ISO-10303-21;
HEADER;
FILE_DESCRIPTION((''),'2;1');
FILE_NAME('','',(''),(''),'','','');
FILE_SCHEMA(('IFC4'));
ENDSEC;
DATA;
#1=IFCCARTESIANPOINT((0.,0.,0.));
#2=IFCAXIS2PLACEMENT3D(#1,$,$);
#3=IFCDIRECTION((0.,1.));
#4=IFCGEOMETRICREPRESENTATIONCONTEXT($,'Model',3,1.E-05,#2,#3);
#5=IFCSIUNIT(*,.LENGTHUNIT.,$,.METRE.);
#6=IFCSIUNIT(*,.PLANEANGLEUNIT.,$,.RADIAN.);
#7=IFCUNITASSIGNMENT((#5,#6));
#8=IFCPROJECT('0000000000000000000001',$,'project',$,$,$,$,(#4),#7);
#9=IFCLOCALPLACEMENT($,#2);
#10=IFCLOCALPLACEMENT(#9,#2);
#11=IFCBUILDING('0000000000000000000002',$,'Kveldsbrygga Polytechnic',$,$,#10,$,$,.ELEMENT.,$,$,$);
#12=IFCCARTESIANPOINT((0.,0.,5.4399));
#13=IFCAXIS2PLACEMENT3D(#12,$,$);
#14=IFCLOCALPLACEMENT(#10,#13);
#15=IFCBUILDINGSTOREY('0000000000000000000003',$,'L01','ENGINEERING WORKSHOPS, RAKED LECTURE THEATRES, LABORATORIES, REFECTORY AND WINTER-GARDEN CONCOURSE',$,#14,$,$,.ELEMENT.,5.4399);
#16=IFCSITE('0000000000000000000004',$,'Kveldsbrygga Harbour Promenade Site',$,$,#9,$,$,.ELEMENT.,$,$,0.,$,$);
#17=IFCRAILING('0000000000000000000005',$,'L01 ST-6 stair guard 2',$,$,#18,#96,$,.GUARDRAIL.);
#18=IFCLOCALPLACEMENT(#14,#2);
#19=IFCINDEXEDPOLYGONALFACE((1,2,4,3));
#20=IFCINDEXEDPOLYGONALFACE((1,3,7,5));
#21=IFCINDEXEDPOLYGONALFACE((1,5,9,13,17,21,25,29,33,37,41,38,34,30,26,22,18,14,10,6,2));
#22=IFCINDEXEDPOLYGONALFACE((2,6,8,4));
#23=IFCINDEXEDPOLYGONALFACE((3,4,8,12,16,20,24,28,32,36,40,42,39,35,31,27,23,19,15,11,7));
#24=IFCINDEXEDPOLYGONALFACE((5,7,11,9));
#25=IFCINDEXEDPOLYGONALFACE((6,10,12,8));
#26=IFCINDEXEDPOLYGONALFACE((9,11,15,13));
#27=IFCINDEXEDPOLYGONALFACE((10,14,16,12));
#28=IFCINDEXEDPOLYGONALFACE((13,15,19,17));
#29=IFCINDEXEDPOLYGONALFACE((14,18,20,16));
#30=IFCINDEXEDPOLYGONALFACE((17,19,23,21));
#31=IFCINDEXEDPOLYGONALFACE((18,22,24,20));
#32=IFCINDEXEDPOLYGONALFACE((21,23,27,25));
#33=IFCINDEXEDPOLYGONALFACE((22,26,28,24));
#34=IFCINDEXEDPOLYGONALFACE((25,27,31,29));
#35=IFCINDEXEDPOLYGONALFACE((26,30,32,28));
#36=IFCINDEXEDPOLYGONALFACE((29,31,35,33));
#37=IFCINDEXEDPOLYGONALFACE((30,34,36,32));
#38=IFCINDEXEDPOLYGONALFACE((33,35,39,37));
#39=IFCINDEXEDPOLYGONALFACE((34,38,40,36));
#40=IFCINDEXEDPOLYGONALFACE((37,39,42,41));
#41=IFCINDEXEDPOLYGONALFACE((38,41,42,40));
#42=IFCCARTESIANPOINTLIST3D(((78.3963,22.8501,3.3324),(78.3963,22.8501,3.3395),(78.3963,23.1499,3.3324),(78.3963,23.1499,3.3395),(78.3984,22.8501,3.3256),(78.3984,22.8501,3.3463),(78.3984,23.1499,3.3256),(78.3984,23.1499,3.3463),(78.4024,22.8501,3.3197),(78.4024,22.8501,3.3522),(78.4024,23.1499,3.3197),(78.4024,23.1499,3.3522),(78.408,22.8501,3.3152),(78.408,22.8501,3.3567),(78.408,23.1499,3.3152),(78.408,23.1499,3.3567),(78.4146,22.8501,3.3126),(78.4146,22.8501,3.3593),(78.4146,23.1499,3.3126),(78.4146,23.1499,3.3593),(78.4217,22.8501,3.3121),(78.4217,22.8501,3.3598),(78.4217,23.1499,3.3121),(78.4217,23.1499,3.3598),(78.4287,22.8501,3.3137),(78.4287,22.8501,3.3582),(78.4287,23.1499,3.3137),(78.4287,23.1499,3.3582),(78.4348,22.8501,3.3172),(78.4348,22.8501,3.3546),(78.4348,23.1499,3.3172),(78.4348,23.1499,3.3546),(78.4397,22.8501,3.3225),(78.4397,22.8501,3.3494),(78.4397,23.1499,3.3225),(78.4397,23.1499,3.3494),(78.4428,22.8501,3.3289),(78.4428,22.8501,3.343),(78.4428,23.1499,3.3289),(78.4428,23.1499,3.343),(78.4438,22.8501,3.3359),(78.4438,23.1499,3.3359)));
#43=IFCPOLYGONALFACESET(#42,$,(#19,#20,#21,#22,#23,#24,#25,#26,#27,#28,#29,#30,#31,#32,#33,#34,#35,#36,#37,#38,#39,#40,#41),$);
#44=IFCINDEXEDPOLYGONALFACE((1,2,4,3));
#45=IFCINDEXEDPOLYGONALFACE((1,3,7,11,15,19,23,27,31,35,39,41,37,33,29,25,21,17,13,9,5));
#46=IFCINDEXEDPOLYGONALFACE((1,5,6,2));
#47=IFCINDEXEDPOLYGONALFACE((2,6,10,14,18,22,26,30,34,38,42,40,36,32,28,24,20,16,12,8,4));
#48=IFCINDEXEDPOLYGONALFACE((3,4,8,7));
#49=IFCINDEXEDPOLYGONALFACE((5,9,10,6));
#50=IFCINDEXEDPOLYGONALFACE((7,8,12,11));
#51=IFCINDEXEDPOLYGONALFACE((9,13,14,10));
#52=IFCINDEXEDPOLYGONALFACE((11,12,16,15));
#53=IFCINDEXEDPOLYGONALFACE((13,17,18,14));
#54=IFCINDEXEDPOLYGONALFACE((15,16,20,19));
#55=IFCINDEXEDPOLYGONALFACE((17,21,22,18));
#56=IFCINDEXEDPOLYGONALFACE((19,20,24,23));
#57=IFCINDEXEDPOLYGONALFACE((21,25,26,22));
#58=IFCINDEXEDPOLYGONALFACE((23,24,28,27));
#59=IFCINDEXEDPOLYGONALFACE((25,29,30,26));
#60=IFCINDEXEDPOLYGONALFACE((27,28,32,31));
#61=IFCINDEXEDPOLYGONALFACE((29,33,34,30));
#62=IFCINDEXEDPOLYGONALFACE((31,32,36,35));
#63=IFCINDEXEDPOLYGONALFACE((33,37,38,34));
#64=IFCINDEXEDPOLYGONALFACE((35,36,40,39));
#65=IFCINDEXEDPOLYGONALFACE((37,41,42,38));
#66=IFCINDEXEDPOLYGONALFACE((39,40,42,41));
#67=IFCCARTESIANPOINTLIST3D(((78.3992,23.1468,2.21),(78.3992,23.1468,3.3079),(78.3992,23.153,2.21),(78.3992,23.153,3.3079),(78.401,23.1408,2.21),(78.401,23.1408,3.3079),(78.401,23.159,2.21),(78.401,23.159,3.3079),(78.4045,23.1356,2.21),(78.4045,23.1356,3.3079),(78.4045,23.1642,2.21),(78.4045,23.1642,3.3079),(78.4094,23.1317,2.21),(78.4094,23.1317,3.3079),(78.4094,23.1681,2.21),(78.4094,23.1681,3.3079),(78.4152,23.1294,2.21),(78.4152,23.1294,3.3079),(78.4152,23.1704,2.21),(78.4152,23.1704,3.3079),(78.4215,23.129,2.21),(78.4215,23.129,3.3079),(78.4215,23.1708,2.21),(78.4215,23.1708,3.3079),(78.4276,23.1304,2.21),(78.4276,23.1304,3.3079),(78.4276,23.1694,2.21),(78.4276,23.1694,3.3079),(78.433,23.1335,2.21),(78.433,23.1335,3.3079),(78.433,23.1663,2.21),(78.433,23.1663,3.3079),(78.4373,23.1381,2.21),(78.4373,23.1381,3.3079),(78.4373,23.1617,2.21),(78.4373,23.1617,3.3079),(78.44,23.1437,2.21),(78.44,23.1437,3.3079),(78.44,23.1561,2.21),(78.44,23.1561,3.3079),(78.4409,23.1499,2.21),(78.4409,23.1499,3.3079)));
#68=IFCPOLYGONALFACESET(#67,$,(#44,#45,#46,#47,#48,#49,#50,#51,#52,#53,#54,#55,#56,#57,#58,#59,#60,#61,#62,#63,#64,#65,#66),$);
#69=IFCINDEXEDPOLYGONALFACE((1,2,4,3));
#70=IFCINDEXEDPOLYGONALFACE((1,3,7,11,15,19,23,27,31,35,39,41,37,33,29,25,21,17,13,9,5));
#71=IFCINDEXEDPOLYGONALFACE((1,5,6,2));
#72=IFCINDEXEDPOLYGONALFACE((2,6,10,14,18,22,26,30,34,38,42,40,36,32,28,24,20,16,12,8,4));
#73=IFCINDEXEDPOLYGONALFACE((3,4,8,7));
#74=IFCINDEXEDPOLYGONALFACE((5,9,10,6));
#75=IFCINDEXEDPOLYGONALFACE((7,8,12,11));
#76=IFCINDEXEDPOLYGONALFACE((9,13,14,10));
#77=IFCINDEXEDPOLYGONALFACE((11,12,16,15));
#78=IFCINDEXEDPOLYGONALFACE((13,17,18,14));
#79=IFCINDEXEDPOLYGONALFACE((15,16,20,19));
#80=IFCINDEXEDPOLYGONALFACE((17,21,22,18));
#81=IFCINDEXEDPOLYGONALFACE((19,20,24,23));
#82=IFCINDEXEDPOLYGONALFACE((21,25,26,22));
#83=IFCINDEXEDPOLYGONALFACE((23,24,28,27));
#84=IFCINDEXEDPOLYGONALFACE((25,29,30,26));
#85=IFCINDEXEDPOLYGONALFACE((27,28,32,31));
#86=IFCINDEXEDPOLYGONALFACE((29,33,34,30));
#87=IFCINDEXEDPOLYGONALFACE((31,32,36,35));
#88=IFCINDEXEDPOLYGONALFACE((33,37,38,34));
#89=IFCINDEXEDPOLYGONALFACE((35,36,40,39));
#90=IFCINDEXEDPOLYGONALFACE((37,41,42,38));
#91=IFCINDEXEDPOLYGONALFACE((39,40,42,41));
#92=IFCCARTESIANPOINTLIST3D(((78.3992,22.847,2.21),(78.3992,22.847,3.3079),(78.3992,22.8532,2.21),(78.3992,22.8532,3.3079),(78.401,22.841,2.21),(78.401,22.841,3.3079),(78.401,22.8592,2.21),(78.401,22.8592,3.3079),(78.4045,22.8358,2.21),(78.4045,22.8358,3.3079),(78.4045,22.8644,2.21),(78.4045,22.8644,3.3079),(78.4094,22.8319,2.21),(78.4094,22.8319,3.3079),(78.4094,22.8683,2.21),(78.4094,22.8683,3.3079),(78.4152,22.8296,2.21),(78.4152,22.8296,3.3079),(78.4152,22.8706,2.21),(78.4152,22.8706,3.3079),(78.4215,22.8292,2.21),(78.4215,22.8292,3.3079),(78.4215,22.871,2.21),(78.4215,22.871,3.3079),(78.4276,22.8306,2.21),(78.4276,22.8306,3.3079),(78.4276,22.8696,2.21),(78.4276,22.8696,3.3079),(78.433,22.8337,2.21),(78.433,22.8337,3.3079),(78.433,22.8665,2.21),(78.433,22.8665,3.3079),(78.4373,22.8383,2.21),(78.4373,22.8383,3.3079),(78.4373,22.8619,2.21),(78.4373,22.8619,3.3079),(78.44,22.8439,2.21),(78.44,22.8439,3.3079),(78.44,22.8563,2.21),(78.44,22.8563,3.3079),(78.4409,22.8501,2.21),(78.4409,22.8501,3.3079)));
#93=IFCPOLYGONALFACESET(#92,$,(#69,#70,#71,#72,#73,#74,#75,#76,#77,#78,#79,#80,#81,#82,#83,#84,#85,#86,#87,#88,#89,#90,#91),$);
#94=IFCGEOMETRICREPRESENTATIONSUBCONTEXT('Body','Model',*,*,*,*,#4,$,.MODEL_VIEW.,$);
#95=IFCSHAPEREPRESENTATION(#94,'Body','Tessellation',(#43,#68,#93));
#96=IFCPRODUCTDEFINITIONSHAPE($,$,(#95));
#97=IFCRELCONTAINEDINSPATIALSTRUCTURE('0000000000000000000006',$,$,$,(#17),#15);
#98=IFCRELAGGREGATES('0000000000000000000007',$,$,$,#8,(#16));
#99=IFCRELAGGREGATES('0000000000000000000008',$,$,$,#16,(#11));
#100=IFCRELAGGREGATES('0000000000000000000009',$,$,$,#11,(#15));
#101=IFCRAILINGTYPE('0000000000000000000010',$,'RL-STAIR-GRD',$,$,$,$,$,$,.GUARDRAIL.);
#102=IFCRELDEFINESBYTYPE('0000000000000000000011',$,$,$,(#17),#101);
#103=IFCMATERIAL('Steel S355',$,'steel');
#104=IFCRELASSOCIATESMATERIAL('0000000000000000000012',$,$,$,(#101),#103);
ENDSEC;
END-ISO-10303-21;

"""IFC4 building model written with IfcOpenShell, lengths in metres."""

from ifc_helpers import new_model, si_unit, direction, frame, origin, origin_2d, place, context, subcontext, project, spatial, circle, extrude, material, type_object, element, save


model = new_model("IFC4")

# Units and contexts
model_context = context("Model", 3, precision=1e-05, world=origin(), true_north=direction((0.0, 1.0)))
body_context = subcontext(model_context, "Body", "Model", "MODEL_VIEW")
ifc_project = project(units=[si_unit("LENGTHUNIT", "METRE"), si_unit("PLANEANGLEUNIT", "RADIAN")], contexts=[model_context])

# Site, building, storey
site_placement = place(None, origin())
site = spatial("IfcSite", under=ifc_project, at=site_placement, Name="Kveldsbrygga Harbour Promenade Site", CompositionType="ELEMENT", RefElevation=0.0)
building_placement = place(site_placement, origin())
building = spatial("IfcBuilding", under=site, at=building_placement, Name="Kveldsbrygga Polytechnic", CompositionType="ELEMENT")
storey_placement = place(building_placement, frame((0.0, 0.0, 5.4399)))
storey = spatial("IfcBuildingStorey", under=building, at=storey_placement, Name="L01", Description="ENGINEERING WORKSHOPS, RAKED LECTURE THEATRES, LABORATORIES, REFECTORY AND WINTER-GARDEN CONCOURSE", CompositionType="ELEMENT", Elevation=5.4399)

# Shared definitions
ifc_material_1 = material(Name="Steel S355", Category="steel")

# Railing
railing_type_1 = type_object("IfcRailingType", Name="RL-STAIR-GRD", PredefinedType="GUARDRAIL", material=ifc_material_1)
railing_1_placement = place(storey_placement, frame((78.4199, 23.1499, 2.21)))
element("IfcRailing", 1, at=railing_1_placement, inside=storey, type_object=railing_type_1, Name="L01 ST-6 stair guard 2", PredefinedType="GUARDRAIL", context=body_context, shape_type="SweptSolid", body=[
    extrude(circle(Radius=0.0239, at=origin_2d()), frame((0.0, 0.0, 1.126), z_axis=(0.0, -1.0, 0.0), x_axis=(1.0, 0.0, 0.0)), (0.0, 0.0, 1.0), 0.2998),
    extrude(circle(Radius=0.021, at=origin_2d()), origin(), (0.0, 0.0, 1.0), 1.0979),
    extrude(circle(Radius=0.021, at=origin_2d()), frame((0.0, -0.2998, 0.0)), (0.0, 0.0, 1.0), 1.0979),
])

save(model, "model.ifc")
